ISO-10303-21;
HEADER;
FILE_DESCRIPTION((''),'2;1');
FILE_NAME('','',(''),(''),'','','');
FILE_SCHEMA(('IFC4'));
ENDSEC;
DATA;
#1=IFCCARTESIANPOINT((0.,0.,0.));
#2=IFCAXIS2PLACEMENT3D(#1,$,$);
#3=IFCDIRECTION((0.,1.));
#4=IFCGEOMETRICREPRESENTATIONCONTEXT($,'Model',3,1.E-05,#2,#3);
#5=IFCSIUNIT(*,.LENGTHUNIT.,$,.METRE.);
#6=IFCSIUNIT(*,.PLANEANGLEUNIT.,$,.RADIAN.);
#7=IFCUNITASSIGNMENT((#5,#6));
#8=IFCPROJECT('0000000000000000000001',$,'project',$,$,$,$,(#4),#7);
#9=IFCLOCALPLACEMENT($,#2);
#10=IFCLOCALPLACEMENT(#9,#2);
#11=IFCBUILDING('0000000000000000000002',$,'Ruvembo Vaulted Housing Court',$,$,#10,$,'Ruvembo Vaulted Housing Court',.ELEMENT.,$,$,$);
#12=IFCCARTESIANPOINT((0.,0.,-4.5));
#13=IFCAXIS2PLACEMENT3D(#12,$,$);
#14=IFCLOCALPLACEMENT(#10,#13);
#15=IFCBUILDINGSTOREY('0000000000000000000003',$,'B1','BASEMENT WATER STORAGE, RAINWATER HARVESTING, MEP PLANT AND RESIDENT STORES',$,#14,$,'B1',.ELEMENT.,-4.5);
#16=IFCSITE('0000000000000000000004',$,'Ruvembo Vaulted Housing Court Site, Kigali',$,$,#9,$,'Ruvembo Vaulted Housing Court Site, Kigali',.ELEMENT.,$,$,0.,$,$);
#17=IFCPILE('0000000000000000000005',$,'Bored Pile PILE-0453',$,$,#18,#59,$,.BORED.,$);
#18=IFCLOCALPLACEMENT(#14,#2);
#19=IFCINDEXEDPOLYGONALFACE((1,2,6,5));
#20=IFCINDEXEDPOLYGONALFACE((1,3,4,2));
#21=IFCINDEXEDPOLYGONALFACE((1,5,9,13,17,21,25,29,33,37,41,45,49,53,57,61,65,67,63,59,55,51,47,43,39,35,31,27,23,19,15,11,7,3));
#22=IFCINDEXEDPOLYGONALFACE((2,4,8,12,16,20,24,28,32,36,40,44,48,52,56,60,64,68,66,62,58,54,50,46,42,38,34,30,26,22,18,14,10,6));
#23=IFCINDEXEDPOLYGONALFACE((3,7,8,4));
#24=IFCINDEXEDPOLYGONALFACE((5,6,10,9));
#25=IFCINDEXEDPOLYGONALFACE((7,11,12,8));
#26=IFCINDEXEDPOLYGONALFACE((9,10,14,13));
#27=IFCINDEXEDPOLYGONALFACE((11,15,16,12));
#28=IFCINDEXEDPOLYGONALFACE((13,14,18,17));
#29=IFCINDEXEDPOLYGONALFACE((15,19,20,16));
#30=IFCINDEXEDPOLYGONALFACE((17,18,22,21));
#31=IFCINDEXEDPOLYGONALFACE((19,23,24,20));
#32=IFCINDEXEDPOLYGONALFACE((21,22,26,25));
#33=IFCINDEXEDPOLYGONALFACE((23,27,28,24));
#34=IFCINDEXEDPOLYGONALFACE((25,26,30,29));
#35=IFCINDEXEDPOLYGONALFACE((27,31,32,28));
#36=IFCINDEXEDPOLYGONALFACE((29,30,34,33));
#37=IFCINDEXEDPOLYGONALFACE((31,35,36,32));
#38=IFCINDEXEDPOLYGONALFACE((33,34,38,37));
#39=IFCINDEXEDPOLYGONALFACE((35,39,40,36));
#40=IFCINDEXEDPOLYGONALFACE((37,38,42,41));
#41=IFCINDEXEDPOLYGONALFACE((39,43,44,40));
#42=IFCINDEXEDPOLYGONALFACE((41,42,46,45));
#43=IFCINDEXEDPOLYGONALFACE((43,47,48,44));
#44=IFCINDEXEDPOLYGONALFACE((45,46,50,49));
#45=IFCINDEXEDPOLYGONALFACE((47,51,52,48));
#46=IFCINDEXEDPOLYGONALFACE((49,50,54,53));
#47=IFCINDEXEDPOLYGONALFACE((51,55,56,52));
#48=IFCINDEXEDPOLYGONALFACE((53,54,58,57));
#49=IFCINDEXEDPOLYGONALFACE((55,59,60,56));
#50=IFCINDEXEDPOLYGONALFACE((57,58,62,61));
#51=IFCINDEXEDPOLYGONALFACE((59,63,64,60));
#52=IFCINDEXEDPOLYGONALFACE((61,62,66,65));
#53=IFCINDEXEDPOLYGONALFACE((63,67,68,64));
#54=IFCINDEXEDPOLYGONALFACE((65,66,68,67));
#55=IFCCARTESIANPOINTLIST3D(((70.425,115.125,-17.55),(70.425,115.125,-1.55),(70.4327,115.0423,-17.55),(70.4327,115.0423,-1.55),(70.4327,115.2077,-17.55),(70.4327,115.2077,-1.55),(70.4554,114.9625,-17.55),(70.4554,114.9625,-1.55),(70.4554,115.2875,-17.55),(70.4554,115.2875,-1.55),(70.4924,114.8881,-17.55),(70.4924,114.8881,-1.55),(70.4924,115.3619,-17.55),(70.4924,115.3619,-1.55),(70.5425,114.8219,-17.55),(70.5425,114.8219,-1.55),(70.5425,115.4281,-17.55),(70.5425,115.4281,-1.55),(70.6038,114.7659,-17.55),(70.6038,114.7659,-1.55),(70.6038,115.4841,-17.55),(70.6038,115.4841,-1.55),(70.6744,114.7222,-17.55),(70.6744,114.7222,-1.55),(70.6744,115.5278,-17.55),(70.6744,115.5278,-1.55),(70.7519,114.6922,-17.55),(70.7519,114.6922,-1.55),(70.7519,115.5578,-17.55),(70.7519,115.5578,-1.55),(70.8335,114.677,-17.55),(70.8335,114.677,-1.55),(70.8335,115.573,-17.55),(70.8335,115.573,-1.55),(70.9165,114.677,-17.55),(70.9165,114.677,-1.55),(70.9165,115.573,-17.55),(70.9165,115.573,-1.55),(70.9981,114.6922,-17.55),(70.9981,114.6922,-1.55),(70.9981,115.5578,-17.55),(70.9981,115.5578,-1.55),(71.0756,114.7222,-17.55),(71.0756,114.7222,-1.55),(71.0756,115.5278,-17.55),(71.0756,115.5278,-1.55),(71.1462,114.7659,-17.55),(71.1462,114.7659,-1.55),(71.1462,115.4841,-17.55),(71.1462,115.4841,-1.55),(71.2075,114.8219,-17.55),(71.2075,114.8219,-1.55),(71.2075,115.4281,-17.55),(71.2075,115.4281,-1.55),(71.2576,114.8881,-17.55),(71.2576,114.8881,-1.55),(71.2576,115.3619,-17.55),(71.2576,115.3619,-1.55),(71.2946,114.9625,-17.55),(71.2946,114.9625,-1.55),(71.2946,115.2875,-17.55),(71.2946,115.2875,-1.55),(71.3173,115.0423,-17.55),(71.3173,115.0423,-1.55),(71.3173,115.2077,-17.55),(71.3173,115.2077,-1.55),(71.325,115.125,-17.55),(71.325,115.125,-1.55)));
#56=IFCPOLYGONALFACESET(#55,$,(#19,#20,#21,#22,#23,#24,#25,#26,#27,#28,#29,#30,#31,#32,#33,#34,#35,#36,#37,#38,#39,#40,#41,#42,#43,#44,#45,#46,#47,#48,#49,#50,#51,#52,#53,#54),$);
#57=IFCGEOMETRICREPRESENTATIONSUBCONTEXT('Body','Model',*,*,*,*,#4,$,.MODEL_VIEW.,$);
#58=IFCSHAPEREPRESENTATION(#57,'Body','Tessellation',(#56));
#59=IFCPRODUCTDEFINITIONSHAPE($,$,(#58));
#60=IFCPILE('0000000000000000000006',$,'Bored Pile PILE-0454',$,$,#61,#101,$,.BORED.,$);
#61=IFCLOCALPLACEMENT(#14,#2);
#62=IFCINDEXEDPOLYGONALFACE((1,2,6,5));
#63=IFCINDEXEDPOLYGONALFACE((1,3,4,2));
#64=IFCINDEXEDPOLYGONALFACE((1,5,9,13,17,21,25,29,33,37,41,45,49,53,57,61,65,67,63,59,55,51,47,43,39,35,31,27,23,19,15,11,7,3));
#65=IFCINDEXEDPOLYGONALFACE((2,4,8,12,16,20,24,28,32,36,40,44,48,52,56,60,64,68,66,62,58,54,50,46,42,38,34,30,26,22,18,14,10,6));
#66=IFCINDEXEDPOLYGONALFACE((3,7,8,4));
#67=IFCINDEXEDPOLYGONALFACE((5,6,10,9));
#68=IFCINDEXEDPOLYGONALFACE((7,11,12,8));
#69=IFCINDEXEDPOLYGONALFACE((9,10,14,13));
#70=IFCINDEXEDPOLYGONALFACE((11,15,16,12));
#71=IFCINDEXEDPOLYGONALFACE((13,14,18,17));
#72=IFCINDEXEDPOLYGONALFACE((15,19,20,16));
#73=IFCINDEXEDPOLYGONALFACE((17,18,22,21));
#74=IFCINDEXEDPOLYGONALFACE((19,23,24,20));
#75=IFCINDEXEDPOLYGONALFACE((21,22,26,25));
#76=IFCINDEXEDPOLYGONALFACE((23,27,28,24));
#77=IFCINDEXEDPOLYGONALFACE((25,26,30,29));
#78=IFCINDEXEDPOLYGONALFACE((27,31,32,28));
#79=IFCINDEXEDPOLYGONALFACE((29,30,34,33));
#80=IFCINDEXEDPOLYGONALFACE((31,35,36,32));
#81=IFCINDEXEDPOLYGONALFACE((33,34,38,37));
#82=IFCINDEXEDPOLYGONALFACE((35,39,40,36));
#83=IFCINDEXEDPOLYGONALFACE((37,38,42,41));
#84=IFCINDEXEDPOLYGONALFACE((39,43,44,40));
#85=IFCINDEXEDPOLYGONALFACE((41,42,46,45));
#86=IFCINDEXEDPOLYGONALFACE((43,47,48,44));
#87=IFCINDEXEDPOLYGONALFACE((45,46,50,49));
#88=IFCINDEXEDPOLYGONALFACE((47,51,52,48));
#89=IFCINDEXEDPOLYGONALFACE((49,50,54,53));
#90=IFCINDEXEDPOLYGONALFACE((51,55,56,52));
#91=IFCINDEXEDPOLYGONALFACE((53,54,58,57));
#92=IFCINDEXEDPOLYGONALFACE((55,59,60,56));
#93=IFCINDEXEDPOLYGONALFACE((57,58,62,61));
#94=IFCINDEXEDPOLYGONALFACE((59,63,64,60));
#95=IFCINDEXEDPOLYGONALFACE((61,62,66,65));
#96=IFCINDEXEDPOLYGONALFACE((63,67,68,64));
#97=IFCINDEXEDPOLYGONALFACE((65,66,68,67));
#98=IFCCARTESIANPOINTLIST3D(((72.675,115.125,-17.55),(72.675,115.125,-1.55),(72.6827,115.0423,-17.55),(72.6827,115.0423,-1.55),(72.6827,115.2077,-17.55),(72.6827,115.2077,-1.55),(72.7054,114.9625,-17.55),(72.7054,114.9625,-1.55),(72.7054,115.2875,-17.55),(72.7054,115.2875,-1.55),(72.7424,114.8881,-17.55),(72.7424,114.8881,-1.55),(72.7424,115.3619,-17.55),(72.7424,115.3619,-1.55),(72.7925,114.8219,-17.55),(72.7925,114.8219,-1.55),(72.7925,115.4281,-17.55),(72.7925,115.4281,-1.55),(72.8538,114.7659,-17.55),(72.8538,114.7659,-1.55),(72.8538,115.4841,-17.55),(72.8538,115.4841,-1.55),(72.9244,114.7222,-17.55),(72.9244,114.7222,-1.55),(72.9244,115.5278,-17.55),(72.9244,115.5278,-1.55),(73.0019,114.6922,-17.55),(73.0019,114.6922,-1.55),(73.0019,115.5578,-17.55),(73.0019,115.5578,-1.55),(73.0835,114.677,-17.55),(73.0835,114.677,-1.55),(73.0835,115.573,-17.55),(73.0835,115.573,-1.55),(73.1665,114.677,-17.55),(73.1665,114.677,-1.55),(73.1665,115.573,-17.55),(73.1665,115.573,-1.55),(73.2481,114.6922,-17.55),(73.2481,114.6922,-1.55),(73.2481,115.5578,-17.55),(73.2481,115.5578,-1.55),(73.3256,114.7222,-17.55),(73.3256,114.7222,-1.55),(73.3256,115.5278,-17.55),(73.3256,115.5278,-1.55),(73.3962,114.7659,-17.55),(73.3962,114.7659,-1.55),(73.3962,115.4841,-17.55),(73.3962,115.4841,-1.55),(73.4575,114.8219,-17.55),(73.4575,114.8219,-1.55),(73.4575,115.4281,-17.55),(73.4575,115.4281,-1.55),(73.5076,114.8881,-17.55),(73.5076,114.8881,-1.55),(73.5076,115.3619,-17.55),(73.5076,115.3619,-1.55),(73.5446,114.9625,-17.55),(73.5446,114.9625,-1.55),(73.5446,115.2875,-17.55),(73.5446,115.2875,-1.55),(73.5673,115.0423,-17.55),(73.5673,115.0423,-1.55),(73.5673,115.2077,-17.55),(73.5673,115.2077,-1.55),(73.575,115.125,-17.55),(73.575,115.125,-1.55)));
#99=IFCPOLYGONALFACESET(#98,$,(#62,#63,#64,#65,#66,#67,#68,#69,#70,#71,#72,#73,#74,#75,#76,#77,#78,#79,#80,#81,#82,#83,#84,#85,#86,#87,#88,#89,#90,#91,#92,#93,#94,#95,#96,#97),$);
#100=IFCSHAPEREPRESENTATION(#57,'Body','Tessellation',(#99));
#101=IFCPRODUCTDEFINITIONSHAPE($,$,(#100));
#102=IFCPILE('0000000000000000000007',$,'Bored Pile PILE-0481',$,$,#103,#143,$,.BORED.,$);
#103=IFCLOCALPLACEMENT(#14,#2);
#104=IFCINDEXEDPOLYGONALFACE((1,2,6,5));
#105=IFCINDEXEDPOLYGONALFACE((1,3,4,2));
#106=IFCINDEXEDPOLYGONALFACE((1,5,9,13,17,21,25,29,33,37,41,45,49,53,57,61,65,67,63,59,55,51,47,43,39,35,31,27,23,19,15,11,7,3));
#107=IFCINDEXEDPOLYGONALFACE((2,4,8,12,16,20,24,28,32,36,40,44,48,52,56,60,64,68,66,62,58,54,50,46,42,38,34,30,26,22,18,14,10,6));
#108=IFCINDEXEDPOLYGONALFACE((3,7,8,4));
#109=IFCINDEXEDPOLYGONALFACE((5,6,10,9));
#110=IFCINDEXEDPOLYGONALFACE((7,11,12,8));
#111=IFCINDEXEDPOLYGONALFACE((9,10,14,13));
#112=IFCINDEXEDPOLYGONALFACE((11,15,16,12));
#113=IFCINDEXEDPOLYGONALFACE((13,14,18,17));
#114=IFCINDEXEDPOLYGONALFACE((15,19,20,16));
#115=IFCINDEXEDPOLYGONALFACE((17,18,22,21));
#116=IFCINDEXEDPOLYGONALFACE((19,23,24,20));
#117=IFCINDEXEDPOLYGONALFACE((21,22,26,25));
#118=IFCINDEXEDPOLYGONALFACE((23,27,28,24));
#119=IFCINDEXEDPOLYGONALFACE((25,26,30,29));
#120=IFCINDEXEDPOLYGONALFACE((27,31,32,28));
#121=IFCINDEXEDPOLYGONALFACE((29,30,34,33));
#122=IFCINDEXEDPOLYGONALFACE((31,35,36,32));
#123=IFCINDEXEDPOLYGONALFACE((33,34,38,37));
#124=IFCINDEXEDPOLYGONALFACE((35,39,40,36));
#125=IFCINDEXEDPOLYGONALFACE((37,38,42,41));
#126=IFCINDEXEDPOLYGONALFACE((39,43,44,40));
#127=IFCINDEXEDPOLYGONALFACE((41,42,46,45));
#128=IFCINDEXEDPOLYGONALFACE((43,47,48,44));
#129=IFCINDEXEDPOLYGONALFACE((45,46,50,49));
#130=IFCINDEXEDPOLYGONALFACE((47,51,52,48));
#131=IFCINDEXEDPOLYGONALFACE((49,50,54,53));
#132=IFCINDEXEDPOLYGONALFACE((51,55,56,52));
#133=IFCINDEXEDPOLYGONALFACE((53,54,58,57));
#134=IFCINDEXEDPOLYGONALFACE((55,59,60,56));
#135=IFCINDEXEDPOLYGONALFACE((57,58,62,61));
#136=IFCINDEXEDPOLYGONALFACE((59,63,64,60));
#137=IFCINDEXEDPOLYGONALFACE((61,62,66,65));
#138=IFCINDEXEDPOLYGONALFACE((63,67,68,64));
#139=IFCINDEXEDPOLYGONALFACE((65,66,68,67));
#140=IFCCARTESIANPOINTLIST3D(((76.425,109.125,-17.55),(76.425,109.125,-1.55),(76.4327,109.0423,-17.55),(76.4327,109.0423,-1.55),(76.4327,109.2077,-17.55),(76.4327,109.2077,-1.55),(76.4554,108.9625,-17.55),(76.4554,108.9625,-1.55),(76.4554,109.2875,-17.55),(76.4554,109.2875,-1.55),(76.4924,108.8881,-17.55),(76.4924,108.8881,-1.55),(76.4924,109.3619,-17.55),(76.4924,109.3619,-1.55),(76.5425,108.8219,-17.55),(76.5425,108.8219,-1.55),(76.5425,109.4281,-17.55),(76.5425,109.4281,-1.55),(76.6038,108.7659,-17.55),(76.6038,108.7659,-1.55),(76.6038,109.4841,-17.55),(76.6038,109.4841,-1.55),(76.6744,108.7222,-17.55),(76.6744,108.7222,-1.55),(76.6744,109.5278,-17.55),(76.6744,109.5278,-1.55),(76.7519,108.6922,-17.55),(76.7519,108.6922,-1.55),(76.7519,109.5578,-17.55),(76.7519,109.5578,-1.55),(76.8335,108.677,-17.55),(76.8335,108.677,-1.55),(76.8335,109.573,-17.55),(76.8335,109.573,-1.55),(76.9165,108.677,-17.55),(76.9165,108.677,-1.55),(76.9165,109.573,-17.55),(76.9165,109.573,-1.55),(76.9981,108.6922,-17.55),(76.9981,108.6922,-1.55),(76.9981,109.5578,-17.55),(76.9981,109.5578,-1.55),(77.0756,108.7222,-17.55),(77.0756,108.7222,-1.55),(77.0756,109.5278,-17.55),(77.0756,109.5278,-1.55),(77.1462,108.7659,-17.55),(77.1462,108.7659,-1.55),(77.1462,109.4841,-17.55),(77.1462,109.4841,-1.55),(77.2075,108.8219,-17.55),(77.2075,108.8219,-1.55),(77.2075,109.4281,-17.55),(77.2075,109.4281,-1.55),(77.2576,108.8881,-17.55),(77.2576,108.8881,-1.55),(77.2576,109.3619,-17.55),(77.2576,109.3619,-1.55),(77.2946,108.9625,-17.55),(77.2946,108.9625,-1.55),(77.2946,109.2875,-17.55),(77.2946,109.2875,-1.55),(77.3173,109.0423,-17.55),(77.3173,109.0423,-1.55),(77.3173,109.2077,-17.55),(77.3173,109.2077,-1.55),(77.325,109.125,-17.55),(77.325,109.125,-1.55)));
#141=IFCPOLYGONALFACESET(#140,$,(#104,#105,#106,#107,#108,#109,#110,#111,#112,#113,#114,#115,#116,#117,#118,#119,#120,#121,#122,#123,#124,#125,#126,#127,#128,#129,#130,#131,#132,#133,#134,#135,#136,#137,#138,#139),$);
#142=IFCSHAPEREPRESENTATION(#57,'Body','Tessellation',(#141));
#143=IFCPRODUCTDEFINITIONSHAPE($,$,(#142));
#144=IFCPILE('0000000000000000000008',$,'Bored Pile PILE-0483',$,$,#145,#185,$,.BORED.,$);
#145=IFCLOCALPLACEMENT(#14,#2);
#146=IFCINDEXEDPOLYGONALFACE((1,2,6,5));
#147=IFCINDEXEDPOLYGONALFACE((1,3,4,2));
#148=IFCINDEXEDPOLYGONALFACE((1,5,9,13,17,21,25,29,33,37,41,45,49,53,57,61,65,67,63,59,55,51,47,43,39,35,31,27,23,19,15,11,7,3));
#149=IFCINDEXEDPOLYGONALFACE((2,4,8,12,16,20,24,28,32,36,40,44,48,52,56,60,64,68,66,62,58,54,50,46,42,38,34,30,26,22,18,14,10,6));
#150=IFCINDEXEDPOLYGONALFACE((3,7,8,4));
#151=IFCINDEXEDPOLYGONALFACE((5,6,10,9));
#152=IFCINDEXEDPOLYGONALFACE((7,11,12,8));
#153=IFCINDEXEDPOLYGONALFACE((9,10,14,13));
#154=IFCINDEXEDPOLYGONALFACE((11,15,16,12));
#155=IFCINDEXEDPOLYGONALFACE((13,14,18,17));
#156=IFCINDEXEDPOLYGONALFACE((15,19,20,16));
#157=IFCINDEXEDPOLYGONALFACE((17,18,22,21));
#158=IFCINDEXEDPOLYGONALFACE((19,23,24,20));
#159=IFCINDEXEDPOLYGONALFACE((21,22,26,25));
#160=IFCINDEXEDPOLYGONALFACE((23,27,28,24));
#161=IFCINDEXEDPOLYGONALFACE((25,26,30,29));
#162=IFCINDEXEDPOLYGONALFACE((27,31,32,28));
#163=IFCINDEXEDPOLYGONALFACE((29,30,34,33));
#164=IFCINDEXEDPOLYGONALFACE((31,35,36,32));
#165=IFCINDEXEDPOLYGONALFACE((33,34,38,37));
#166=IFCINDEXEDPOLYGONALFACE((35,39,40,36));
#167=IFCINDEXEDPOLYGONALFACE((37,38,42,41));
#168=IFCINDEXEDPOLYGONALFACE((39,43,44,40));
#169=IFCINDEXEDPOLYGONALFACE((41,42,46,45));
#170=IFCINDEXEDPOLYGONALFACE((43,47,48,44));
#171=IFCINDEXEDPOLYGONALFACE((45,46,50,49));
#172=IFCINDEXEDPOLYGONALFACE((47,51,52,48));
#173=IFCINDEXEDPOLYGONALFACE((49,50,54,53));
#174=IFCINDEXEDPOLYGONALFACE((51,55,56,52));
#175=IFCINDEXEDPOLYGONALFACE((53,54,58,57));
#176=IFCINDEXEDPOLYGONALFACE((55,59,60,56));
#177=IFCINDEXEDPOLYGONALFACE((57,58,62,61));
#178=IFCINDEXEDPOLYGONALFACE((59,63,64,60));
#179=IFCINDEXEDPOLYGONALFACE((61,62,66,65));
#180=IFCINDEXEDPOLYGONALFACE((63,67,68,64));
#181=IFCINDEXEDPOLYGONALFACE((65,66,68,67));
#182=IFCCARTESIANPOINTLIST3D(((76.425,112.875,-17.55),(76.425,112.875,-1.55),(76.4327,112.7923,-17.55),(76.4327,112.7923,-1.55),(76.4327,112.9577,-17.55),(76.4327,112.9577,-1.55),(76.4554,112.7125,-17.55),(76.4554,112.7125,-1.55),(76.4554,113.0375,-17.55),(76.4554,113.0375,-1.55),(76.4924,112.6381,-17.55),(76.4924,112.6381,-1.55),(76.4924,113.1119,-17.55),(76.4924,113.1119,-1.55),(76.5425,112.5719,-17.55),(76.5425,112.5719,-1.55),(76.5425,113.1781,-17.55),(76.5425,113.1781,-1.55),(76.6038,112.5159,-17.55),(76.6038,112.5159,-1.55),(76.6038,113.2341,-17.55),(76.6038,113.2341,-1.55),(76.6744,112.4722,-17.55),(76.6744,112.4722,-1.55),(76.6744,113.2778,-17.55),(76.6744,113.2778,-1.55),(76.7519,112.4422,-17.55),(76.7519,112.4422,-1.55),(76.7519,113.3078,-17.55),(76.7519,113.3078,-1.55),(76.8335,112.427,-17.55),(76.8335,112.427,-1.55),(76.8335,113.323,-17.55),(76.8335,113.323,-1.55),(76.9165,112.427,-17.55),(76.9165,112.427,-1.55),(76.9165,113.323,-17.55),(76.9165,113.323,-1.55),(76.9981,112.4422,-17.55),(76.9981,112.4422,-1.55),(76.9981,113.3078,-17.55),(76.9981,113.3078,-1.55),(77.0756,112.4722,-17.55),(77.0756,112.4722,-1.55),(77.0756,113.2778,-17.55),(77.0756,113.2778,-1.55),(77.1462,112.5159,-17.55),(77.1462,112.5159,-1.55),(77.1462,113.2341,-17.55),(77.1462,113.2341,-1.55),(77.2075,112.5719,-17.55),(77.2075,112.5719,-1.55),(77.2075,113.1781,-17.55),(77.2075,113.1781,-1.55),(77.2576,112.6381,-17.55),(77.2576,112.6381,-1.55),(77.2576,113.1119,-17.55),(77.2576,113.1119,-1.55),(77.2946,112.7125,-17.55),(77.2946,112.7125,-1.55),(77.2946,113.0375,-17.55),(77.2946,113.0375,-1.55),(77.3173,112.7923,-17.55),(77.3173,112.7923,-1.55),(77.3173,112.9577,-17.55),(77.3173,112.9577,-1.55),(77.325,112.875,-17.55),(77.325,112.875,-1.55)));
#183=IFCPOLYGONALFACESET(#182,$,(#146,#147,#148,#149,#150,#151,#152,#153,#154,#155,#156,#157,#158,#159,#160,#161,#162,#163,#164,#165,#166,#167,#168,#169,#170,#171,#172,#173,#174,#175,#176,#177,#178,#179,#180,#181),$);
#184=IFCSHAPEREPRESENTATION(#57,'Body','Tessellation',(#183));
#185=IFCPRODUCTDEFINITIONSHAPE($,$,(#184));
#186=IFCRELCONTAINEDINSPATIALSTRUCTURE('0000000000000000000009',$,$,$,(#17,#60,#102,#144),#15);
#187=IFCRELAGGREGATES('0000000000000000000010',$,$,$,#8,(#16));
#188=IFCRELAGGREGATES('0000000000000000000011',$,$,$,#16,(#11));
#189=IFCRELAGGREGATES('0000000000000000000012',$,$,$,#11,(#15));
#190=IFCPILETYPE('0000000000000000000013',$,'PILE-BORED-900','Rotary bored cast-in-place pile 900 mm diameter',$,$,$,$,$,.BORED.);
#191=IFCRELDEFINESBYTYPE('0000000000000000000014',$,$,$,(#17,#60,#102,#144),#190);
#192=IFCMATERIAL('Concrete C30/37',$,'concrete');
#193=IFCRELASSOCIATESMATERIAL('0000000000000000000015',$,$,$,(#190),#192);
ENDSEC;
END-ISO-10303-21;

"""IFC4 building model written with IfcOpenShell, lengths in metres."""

from ifc_helpers import new_model, si_unit, direction, frame, origin, origin_2d, place, context, subcontext, project, spatial, circle, extrude, material, material_profile, profile_set, type_object, element, save


model = new_model("IFC4")

# Units and contexts
model_context = context("Model", 3, precision=1e-05, world=origin(), true_north=direction((0.0, 1.0)))
body_context = subcontext(model_context, "Body", "Model", "MODEL_VIEW")
ifc_project = project(units=[si_unit("LENGTHUNIT", "METRE"), si_unit("PLANEANGLEUNIT", "RADIAN")], contexts=[model_context])

# Site, building, storey
site_placement = place(None, origin())
site = spatial("IfcSite", under=ifc_project, at=site_placement, Name="Ruvembo Vaulted Housing Court Site, Kigali", LongName="Ruvembo Vaulted Housing Court Site, Kigali", CompositionType="ELEMENT", RefElevation=0.0)
building_placement = place(site_placement, origin())
building = spatial("IfcBuilding", under=site, at=building_placement, Name="Ruvembo Vaulted Housing Court", LongName="Ruvembo Vaulted Housing Court", CompositionType="ELEMENT")
storey_placement = place(building_placement, frame((0.0, 0.0, -4.5)))
storey = spatial("IfcBuildingStorey", under=building, at=storey_placement, Name="B1", Description="BASEMENT WATER STORAGE, RAINWATER HARVESTING, MEP PLANT AND RESIDENT STORES", LongName="B1", CompositionType="ELEMENT", Elevation=-4.5)

# Piles
ifc_material_1 = material(Name="Concrete C30/37", Category="concrete")
ifc_material_profile_1 = material_profile(ifc_material_1, circle(Radius=0.45, at=origin_2d()), Name="PILE D900")
ifc_profile_set_1 = profile_set([ifc_material_profile_1], Name="Concrete C30/37")
pile_type = type_object("IfcPileType", Name="PILE-BORED-900", Description="Rotary bored cast-in-place pile 900 mm diameter", PredefinedType="BORED", material=ifc_profile_set_1)
for number, where, z_axis, x_axis, name in (
    (1, (70.875, 115.125, -1.55), (0.0, 0.0, -1.0), (1.0, 0.0, 0.0), "Bored Pile PILE-0453"),
    (2, (73.125, 115.125, -1.55), (0.0, 0.0, -1.0), (1.0, 0.0, 0.0), "Bored Pile PILE-0454"),
    (3, (76.875, 109.125, -1.55), (0.0, 0.0, -1.0), (1.0, 0.0, 0.0), "Bored Pile PILE-0481"),
    (4, (76.875, 112.875, -1.55), (0.0, 0.0, -1.0), (1.0, 0.0, 0.0), "Bored Pile PILE-0483"),
):
    element("IfcPile", number, at=place(storey_placement, frame(where, z_axis=z_axis, x_axis=x_axis)), inside=storey, type_object=pile_type, Name=name, PredefinedType="BORED", context=body_context, shape_type="SweptSolid", body=[
        extrude(circle(Radius=0.45, at=origin_2d()), origin(), (0.0, 0.0, 1.0), 16.0),
    ])

save(model, "model.ifc")
